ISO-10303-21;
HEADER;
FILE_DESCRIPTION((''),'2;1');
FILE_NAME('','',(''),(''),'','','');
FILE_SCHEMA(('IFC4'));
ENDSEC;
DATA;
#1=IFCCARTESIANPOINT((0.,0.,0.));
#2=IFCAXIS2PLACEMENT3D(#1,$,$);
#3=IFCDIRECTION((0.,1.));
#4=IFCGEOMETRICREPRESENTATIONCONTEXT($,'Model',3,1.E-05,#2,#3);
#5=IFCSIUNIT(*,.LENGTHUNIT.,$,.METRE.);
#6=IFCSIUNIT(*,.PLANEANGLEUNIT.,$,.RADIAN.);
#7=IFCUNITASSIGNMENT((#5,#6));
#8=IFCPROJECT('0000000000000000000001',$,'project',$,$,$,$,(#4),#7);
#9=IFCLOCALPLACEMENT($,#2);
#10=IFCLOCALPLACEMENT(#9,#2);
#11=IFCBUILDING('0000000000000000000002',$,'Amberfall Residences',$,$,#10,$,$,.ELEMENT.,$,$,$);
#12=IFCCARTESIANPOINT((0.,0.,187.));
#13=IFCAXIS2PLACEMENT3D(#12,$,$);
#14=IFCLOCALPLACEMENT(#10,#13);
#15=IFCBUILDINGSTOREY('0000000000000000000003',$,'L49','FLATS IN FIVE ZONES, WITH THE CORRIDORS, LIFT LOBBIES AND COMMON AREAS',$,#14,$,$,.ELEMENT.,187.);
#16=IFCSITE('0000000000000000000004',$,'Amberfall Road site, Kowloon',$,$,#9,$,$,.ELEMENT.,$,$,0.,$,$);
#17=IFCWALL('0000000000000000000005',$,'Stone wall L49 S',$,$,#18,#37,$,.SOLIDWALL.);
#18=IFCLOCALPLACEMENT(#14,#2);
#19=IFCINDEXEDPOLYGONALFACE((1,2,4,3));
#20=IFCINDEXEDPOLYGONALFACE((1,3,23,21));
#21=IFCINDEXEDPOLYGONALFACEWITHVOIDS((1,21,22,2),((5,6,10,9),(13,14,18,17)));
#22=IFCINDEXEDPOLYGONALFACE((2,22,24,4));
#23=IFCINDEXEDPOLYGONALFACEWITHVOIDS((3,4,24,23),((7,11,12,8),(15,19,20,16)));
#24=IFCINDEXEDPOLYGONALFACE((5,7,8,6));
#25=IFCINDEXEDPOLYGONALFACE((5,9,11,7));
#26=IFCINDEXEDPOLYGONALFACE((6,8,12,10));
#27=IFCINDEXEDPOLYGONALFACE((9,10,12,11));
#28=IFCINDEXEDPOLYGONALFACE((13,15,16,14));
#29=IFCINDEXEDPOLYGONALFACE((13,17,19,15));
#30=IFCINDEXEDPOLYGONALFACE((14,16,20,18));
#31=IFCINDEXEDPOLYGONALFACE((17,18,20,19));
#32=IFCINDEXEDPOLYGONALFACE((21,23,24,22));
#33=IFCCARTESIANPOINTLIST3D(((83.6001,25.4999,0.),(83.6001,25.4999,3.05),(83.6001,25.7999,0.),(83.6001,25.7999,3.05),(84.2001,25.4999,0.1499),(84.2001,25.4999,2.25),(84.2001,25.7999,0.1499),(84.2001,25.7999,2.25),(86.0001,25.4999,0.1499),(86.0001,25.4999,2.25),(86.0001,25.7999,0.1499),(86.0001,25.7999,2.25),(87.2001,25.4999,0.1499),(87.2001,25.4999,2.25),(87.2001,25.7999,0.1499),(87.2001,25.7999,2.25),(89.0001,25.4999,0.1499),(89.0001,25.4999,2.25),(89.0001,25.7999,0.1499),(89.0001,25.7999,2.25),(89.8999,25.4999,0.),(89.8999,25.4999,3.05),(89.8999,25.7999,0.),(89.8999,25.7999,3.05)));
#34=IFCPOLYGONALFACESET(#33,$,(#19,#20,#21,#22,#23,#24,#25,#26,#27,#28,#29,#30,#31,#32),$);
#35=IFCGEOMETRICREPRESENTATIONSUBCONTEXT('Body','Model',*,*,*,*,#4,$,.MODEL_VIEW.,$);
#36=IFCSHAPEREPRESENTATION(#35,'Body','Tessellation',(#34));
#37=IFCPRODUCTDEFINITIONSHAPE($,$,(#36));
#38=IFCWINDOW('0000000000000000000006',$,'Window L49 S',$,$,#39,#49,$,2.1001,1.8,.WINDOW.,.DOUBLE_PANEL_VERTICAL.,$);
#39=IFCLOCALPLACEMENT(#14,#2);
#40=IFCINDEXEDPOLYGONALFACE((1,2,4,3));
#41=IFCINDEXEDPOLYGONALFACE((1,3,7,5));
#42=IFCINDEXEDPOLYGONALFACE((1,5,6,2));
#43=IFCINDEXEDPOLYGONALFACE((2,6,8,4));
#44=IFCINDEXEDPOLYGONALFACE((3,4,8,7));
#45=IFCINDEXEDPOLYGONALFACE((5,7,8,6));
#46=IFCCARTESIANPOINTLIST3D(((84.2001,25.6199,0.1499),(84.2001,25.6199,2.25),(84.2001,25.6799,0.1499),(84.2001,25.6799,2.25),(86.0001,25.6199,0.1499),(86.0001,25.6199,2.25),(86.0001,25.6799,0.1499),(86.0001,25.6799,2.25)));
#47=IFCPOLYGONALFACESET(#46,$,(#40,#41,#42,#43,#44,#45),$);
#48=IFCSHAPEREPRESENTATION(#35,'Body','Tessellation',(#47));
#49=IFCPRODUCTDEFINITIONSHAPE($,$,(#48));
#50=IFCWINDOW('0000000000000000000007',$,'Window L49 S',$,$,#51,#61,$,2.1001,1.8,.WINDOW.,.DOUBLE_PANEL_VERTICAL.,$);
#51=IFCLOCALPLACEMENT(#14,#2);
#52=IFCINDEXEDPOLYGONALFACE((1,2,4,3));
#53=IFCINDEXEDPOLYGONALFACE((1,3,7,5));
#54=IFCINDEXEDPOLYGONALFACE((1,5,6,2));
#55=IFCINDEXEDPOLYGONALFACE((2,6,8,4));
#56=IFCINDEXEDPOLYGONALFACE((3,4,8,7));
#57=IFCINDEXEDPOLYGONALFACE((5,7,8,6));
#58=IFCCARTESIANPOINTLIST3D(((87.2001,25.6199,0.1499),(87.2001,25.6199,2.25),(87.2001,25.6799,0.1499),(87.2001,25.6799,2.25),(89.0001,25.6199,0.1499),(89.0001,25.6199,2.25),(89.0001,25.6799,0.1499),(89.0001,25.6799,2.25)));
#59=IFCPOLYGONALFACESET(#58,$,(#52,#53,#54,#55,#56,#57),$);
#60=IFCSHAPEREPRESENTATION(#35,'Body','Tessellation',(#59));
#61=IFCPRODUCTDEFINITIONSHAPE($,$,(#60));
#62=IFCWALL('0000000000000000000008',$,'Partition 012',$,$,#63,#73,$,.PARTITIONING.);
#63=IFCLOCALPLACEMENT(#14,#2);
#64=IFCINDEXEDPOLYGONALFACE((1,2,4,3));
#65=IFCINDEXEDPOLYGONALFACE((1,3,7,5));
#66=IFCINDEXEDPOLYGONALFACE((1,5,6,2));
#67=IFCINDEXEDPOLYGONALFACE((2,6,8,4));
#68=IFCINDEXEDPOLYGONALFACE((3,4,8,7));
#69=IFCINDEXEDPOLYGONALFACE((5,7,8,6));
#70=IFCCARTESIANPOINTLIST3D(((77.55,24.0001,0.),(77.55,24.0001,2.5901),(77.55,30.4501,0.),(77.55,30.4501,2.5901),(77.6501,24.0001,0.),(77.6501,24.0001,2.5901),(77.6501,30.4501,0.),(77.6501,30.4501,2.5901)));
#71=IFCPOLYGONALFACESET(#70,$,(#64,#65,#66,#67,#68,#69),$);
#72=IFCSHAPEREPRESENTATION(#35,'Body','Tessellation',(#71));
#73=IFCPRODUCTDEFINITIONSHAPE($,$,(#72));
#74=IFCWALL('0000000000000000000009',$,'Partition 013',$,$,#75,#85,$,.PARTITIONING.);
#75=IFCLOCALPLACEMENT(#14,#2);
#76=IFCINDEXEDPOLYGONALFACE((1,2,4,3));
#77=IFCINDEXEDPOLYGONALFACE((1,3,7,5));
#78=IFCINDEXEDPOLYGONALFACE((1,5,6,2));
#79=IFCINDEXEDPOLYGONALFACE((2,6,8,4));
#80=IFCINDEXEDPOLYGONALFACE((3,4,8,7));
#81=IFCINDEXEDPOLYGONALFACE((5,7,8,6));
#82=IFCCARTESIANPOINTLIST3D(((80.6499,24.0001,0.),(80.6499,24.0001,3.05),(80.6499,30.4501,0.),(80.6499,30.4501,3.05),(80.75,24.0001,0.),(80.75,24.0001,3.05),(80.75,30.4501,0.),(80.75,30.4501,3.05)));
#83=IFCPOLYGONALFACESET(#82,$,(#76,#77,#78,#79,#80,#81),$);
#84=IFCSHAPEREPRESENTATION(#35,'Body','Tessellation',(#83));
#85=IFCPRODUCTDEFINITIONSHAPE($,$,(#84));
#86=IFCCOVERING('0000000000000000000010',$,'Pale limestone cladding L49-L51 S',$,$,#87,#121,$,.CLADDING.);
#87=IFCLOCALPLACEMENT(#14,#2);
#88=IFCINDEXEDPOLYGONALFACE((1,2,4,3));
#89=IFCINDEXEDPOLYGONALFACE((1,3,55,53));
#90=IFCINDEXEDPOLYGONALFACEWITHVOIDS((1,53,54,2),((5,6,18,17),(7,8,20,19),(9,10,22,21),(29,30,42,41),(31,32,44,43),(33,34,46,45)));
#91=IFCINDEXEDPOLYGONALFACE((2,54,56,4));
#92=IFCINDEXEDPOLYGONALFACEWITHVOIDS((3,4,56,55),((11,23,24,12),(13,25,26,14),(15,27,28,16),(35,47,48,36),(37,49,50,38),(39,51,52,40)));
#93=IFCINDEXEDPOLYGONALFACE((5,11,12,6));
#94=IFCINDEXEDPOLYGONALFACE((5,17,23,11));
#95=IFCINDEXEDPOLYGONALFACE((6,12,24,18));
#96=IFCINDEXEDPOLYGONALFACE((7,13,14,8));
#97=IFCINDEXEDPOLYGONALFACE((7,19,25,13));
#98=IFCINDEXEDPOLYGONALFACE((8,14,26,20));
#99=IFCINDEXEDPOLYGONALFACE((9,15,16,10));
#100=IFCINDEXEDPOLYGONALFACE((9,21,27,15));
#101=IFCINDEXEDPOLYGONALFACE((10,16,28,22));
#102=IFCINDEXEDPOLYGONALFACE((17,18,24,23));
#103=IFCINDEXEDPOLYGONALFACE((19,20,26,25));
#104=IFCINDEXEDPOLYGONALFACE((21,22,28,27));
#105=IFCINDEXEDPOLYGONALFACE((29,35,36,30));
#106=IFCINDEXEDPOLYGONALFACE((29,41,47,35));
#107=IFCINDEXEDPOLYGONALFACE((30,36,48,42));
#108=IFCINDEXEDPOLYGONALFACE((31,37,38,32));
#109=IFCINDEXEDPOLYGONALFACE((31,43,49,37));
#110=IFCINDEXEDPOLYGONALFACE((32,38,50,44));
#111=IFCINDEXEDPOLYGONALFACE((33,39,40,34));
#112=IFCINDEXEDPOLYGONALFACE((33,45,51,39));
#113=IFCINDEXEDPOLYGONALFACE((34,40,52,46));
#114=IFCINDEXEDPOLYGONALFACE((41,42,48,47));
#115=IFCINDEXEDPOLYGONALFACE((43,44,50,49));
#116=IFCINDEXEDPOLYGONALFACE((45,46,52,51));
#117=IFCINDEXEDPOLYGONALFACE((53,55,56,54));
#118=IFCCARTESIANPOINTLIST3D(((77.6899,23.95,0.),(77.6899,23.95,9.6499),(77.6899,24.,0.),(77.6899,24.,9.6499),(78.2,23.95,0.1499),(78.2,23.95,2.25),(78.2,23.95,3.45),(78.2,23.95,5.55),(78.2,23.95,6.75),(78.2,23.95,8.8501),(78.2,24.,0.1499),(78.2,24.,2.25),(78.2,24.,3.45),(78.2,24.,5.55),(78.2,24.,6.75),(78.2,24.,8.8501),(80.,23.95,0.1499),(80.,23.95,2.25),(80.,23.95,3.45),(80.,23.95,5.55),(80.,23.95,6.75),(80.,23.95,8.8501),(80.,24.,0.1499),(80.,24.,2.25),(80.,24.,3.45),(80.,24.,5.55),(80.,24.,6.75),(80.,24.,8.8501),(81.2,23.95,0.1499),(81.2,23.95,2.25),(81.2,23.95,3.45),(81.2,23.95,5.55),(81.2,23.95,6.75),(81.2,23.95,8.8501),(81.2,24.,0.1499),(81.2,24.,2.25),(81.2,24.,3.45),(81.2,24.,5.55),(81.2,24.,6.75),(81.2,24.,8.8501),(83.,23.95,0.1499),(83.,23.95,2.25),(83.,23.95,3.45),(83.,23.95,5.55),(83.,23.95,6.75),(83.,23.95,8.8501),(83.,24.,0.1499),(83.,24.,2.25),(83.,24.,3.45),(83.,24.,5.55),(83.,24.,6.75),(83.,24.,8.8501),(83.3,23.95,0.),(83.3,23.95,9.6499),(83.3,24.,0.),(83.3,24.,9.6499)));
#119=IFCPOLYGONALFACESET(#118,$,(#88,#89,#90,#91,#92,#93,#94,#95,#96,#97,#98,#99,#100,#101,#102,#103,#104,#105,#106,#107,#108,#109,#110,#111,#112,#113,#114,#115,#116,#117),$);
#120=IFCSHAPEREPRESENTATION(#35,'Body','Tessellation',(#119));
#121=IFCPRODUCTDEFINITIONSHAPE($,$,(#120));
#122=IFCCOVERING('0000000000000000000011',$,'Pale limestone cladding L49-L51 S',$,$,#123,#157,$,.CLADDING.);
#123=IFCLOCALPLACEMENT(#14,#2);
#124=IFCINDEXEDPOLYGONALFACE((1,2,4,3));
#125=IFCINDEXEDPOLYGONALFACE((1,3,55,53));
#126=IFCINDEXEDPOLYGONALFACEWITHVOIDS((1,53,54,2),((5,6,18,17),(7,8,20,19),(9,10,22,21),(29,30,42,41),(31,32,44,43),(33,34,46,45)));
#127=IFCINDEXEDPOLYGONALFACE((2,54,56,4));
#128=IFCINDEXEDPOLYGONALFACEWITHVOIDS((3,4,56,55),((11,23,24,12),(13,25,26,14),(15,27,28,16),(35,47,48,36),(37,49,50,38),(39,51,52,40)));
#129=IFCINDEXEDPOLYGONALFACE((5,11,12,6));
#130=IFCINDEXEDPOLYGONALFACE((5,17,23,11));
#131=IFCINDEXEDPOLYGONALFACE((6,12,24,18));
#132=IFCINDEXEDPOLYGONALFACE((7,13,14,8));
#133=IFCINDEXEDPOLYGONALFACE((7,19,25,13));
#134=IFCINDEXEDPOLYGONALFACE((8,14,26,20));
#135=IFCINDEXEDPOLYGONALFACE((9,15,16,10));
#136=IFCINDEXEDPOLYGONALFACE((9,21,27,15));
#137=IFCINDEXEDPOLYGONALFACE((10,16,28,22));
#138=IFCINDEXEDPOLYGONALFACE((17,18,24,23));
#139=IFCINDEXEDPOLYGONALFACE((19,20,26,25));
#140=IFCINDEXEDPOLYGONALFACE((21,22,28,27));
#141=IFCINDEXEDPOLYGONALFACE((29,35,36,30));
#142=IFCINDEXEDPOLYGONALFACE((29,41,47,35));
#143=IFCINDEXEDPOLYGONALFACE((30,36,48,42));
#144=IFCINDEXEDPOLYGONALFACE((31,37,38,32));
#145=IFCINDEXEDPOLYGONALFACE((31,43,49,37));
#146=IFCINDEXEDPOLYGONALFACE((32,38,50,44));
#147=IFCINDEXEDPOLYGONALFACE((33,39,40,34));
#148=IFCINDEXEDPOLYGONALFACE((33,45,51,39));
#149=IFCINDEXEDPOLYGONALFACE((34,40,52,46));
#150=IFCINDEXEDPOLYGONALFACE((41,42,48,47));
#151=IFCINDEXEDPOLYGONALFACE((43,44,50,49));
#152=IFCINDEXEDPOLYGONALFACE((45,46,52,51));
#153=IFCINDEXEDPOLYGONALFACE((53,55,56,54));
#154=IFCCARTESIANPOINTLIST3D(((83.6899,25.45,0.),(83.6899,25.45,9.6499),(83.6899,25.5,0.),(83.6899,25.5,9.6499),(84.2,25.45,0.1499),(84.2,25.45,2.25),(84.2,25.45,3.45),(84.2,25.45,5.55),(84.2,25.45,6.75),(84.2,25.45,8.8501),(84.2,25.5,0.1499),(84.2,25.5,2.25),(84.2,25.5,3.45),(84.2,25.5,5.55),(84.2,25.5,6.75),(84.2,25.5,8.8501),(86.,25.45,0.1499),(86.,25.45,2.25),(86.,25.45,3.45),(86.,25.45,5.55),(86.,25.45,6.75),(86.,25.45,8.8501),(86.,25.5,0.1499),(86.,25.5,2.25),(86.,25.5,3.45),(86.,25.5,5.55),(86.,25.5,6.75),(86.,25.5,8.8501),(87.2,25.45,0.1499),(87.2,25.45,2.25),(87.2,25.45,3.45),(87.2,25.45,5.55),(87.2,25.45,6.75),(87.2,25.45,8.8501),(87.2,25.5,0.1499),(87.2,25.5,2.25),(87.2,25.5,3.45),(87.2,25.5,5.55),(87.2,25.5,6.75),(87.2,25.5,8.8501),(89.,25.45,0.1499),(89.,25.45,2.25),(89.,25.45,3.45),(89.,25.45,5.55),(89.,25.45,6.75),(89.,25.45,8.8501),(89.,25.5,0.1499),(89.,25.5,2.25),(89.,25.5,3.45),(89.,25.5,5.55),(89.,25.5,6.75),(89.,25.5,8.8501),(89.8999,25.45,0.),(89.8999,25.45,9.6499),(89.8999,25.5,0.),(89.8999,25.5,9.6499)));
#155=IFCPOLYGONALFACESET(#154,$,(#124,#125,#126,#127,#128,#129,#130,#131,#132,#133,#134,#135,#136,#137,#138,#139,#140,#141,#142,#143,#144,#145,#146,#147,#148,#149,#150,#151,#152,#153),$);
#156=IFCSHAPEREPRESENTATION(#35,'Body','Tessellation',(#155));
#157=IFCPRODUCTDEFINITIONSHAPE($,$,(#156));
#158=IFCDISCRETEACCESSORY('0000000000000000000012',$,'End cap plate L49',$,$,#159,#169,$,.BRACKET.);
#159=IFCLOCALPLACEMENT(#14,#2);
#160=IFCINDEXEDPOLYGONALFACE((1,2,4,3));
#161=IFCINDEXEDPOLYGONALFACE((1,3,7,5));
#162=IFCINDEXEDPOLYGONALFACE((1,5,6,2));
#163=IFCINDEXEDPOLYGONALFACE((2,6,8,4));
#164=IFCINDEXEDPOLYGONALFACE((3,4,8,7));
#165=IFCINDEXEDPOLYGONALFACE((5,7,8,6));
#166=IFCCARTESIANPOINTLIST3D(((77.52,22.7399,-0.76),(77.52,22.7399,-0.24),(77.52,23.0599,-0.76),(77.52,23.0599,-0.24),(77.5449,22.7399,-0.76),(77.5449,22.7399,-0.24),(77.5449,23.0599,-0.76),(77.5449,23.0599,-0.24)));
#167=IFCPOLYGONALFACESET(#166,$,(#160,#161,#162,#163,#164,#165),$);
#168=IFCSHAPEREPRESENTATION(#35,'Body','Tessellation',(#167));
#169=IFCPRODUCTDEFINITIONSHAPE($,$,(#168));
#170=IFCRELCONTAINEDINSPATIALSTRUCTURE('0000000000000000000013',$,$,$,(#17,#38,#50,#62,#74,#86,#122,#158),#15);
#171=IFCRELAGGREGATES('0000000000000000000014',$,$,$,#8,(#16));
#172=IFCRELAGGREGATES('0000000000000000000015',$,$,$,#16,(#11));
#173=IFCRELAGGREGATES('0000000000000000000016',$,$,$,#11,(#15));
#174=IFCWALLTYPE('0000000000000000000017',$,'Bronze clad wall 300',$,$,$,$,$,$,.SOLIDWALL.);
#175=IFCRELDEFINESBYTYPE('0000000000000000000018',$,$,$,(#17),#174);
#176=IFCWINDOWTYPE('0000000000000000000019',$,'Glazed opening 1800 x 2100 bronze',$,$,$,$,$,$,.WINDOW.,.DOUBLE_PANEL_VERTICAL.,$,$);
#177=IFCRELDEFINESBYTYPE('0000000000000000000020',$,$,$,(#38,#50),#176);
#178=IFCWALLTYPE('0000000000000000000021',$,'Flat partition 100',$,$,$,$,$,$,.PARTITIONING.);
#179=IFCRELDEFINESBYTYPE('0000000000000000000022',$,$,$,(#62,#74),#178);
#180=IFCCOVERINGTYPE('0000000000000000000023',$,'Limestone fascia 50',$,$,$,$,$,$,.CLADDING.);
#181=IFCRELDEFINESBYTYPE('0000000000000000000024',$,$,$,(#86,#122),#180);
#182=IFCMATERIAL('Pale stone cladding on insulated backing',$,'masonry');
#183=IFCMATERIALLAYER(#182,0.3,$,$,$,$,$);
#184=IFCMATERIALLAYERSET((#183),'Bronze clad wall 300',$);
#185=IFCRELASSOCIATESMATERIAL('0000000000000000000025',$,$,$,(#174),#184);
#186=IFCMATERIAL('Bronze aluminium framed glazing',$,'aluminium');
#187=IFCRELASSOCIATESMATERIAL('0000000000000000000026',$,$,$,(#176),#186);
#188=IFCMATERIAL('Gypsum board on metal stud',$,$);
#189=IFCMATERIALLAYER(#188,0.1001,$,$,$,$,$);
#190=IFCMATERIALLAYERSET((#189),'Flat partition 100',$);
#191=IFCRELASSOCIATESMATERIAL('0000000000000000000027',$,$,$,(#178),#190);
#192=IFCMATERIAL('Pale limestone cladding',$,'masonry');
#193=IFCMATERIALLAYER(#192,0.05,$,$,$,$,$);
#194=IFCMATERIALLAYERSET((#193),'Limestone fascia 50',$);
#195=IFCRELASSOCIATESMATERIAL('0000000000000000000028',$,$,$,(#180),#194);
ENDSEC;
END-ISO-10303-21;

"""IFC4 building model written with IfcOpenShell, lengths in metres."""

from ifc_helpers import new_model, si_unit, direction, frame, frame_2d, origin, origin_2d, place, context, subcontext, project, spatial, polyline, rectangle, outline, extrude, material, layer, layer_set, type_object, element, fill, save


model = new_model("IFC4")

# Units and contexts
model_context = context("Model", 3, precision=1e-05, world=origin(), true_north=direction((0.0, 1.0)))
body_context = subcontext(model_context, "Body", "Model", "MODEL_VIEW")
ifc_project = project(units=[si_unit("LENGTHUNIT", "METRE"), si_unit("PLANEANGLEUNIT", "RADIAN")], contexts=[model_context])

# Site, building, storey
site_placement = place(None, origin())
site = spatial("IfcSite", under=ifc_project, at=site_placement, Name="Amberfall Road site, Kowloon", CompositionType="ELEMENT", RefElevation=0.0)
building_placement = place(site_placement, origin())
building = spatial("IfcBuilding", under=site, at=building_placement, Name="Amberfall Residences", CompositionType="ELEMENT")
storey_placement = place(building_placement, frame((0.0, 0.0, 187.0)))
storey = spatial("IfcBuildingStorey", under=building, at=storey_placement, Name="L49", Description="FLATS IN FIVE ZONES, WITH THE CORRIDORS, LIFT LOBBIES AND COMMON AREAS", CompositionType="ELEMENT", Elevation=187.0)

# Shared definitions
ifc_material_1 = material(Name="Pale stone cladding on insulated backing", Category="masonry")
ifc_layer_1 = layer(ifc_material_1, 0.3)
ifc_layer_set_1 = layer_set([ifc_layer_1], Name="Bronze clad wall 300")
wall_type_1 = type_object("IfcWallType", Name="Bronze clad wall 300", PredefinedType="SOLIDWALL", material=ifc_layer_set_1)

# Wall, openings, windows
ifc_material_2 = material(Name="Bronze aluminium framed glazing", Category="aluminium")
window_type = type_object("IfcWindowType", Name="Glazed opening 1800 x 2100 bronze", PartitioningType="DOUBLE_PANEL_VERTICAL", PredefinedType="WINDOW", material=ifc_material_2)
wall_1_placement = place(storey_placement, frame((83.6001, 25.6499, 0.0), z_axis=(0.0, 0.0, 1.0), x_axis=(1.0, 0.0, 0.0)))
wall_1 = element("IfcWall", 1, at=wall_1_placement, inside=storey, type_object=wall_type_1, Name="Stone wall L49 S", PredefinedType="SOLIDWALL", context=body_context, shape_type="SweptSolid", body=[
    extrude(rectangle(XDim=6.2998, YDim=0.3, at=frame_2d((3.1499, 0.0))), origin(), (0.0, 0.0, 1.0), 3.05),
])
opening_1_placement = place(wall_1_placement, frame((0.6001, 0.0, 0.1499)))
opening_1 = element("IfcOpeningElement", 2, at=opening_1_placement, cuts=wall_1, PredefinedType="OPENING", context=body_context, shape_type="SweptSolid", body=[
    extrude(rectangle(XDim=1.8, YDim=2.1001, at=frame_2d((0.8999, 1.05))), frame((0.0, 0.1599, 0.0), z_axis=(0.0, -1.0, 0.0), x_axis=(1.0, 0.0, 0.0)), (0.0, 0.0, 1.0), 0.3201),
])
opening_2_placement = place(wall_1_placement, frame((3.6001, 0.0, 0.1499)))
opening_2 = element("IfcOpeningElement", 3, at=opening_2_placement, cuts=wall_1, PredefinedType="OPENING", context=body_context, shape_type="SweptSolid", body=[
    extrude(rectangle(XDim=1.8, YDim=2.1001, at=frame_2d((0.8999, 1.05))), frame((0.0, 0.1599, 0.0), z_axis=(0.0, -1.0, 0.0), x_axis=(1.0, 0.0, 0.0)), (0.0, 0.0, 1.0), 0.3201),
])
window_1_placement = place(opening_1_placement, origin())
window_1 = element("IfcWindow", 4, at=window_1_placement, inside=storey, type_object=window_type, Name="Window L49 S", OverallHeight=2.1001, OverallWidth=1.8, PartitioningType="DOUBLE_PANEL_VERTICAL", PredefinedType="WINDOW", context=body_context, shape_type="SweptSolid", body=[
    extrude(rectangle(XDim=1.8, YDim=2.1001, at=frame_2d((0.8999, 1.05))), frame((0.0, 0.03, 0.0), z_axis=(0.0, -1.0, 0.0), x_axis=(1.0, 0.0, 0.0)), (0.0, 0.0, 1.0), 0.0601),
])
fill(opening_1, window_1)
window_2_placement = place(opening_2_placement, origin())
window_2 = element("IfcWindow", 5, at=window_2_placement, inside=storey, type_object=window_type, Name="Window L49 S", OverallHeight=2.1001, OverallWidth=1.8, PartitioningType="DOUBLE_PANEL_VERTICAL", PredefinedType="WINDOW", context=body_context, shape_type="SweptSolid", body=[
    extrude(rectangle(XDim=1.8, YDim=2.1001, at=frame_2d((0.8999, 1.05))), frame((0.0, 0.03, 0.0), z_axis=(0.0, -1.0, 0.0), x_axis=(1.0, 0.0, 0.0)), (0.0, 0.0, 1.0), 0.0601),
])
fill(opening_2, window_2)

# Walls
ifc_material_3 = material(Name="Gypsum board on metal stud")
ifc_layer_2 = layer(ifc_material_3, 0.1001)
ifc_layer_set_2 = layer_set([ifc_layer_2], Name="Flat partition 100")
wall_type_2 = type_object("IfcWallType", Name="Flat partition 100", PredefinedType="PARTITIONING", material=ifc_layer_set_2)
wall_2_placement = place(storey_placement, frame((77.6001, 24.0, 0.0), z_axis=(0.0, 0.0, 1.0), x_axis=(0.0, 1.0, 0.0)))
element("IfcWall", 6, at=wall_2_placement, inside=storey, type_object=wall_type_2, Name="Partition 012", PredefinedType="PARTITIONING", context=body_context, shape_type="SweptSolid", body=[
    extrude(rectangle(XDim=6.45, YDim=0.1001, at=frame_2d((3.2251, 0.0))), origin(), (0.0, 0.0, 1.0), 2.5901),
])
wall_3_placement = place(storey_placement, frame((80.7, 24.0, 0.0), z_axis=(0.0, 0.0, 1.0), x_axis=(0.0, 1.0, 0.0)))
element("IfcWall", 7, at=wall_3_placement, inside=storey, type_object=wall_type_2, Name="Partition 013", PredefinedType="PARTITIONING", context=body_context, shape_type="SweptSolid", body=[
    extrude(rectangle(XDim=6.45, YDim=0.1001, at=frame_2d((3.2251, 0.0))), origin(), (0.0, 0.0, 1.0), 3.05),
])

# Coverings
ifc_material_4 = material(Name="Pale limestone cladding", Category="masonry")
ifc_layer_3 = layer(ifc_material_4, 0.05)
ifc_layer_set_3 = layer_set([ifc_layer_3], Name="Limestone fascia 50")
covering_type = type_object("IfcCoveringType", Name="Limestone fascia 50", PredefinedType="CLADDING", material=ifc_layer_set_3)
covering_1_placement = place(storey_placement, frame((77.6899, 24.0, 9.6499), z_axis=(0.0, 1.0, 0.0), x_axis=(1.0, 0.0, 0.0)))
element("IfcCovering", 8, at=covering_1_placement, inside=storey, type_object=covering_type, Name="Pale limestone cladding L49-L51 S", PredefinedType="CLADDING", context=body_context, shape_type="SweptSolid", body=[
    extrude(outline(polyline([(0.0, 0.0), (5.6101, 0.0), (5.6101, 9.6499), (0.0, 9.6499), (0.0, 0.0)]), holes=[polyline([(0.51, 7.3999), (2.3101, 7.3999), (2.3101, 9.5), (0.51, 9.5), (0.51, 7.3999)]), polyline([(3.51, 7.3999), (5.3101, 7.3999), (5.3101, 9.5), (3.51, 9.5), (3.51, 7.3999)]), polyline([(0.51, 4.0999), (2.3101, 4.0999), (2.3101, 6.2), (0.51, 6.2), (0.51, 4.0999)]), polyline([(3.51, 4.0999), (5.3101, 4.0999), (5.3101, 6.2), (3.51, 6.2), (3.51, 4.0999)]), polyline([(0.51, 0.7998), (2.3101, 0.7998), (2.3101, 2.8999), (0.51, 2.8999), (0.51, 0.7998)]), polyline([(3.51, 0.7998), (5.3101, 0.7998), (5.3101, 2.8999), (3.51, 2.8999), (3.51, 0.7998)])]), origin(), (0.0, 0.0, -1.0), 0.05),
])
covering_2_placement = place(storey_placement, frame((83.6899, 25.5, 9.6499), z_axis=(0.0, 1.0, 0.0), x_axis=(1.0, 0.0, 0.0)))
element("IfcCovering", 9, at=covering_2_placement, inside=storey, type_object=covering_type, Name="Pale limestone cladding L49-L51 S", PredefinedType="CLADDING", context=body_context, shape_type="SweptSolid", body=[
    extrude(outline(polyline([(0.0, 0.0), (6.21, 0.0), (6.21, 9.6499), (0.0, 9.6499), (0.0, 0.0)]), holes=[polyline([(0.51, 7.3999), (2.3101, 7.3999), (2.3101, 9.5), (0.51, 9.5), (0.51, 7.3999)]), polyline([(3.51, 7.3999), (5.3101, 7.3999), (5.3101, 9.5), (3.51, 9.5), (3.51, 7.3999)]), polyline([(0.51, 4.0999), (2.3101, 4.0999), (2.3101, 6.2), (0.51, 6.2), (0.51, 4.0999)]), polyline([(3.51, 4.0999), (5.3101, 4.0999), (5.3101, 6.2), (3.51, 6.2), (3.51, 4.0999)]), polyline([(0.51, 0.7998), (2.3101, 0.7998), (2.3101, 2.8999), (0.51, 2.8999), (0.51, 0.7998)]), polyline([(3.51, 0.7998), (5.3101, 0.7998), (5.3101, 2.8999), (3.51, 2.8999), (3.51, 0.7998)])]), origin(), (0.0, 0.0, -1.0), 0.05),
])

# Discrete accessory
for number, where, z_axis, x_axis, name in (
    (10, (77.5325, 22.8999, -0.76), (0.0, 0.0, 1.0), (1.0, 0.0, 0.0), "End cap plate L49"),
):
    element("IfcDiscreteAccessory", number, at=place(storey_placement, frame(where, z_axis=z_axis, x_axis=x_axis)), inside=storey, Name=name, PredefinedType="BRACKET", context=body_context, shape_type="SweptSolid", body=[
        extrude(rectangle(XDim=0.0249, YDim=0.3201, at=origin_2d()), origin(), (0.0, 0.0, 1.0), 0.52),
    ])

save(model, "model.ifc")
